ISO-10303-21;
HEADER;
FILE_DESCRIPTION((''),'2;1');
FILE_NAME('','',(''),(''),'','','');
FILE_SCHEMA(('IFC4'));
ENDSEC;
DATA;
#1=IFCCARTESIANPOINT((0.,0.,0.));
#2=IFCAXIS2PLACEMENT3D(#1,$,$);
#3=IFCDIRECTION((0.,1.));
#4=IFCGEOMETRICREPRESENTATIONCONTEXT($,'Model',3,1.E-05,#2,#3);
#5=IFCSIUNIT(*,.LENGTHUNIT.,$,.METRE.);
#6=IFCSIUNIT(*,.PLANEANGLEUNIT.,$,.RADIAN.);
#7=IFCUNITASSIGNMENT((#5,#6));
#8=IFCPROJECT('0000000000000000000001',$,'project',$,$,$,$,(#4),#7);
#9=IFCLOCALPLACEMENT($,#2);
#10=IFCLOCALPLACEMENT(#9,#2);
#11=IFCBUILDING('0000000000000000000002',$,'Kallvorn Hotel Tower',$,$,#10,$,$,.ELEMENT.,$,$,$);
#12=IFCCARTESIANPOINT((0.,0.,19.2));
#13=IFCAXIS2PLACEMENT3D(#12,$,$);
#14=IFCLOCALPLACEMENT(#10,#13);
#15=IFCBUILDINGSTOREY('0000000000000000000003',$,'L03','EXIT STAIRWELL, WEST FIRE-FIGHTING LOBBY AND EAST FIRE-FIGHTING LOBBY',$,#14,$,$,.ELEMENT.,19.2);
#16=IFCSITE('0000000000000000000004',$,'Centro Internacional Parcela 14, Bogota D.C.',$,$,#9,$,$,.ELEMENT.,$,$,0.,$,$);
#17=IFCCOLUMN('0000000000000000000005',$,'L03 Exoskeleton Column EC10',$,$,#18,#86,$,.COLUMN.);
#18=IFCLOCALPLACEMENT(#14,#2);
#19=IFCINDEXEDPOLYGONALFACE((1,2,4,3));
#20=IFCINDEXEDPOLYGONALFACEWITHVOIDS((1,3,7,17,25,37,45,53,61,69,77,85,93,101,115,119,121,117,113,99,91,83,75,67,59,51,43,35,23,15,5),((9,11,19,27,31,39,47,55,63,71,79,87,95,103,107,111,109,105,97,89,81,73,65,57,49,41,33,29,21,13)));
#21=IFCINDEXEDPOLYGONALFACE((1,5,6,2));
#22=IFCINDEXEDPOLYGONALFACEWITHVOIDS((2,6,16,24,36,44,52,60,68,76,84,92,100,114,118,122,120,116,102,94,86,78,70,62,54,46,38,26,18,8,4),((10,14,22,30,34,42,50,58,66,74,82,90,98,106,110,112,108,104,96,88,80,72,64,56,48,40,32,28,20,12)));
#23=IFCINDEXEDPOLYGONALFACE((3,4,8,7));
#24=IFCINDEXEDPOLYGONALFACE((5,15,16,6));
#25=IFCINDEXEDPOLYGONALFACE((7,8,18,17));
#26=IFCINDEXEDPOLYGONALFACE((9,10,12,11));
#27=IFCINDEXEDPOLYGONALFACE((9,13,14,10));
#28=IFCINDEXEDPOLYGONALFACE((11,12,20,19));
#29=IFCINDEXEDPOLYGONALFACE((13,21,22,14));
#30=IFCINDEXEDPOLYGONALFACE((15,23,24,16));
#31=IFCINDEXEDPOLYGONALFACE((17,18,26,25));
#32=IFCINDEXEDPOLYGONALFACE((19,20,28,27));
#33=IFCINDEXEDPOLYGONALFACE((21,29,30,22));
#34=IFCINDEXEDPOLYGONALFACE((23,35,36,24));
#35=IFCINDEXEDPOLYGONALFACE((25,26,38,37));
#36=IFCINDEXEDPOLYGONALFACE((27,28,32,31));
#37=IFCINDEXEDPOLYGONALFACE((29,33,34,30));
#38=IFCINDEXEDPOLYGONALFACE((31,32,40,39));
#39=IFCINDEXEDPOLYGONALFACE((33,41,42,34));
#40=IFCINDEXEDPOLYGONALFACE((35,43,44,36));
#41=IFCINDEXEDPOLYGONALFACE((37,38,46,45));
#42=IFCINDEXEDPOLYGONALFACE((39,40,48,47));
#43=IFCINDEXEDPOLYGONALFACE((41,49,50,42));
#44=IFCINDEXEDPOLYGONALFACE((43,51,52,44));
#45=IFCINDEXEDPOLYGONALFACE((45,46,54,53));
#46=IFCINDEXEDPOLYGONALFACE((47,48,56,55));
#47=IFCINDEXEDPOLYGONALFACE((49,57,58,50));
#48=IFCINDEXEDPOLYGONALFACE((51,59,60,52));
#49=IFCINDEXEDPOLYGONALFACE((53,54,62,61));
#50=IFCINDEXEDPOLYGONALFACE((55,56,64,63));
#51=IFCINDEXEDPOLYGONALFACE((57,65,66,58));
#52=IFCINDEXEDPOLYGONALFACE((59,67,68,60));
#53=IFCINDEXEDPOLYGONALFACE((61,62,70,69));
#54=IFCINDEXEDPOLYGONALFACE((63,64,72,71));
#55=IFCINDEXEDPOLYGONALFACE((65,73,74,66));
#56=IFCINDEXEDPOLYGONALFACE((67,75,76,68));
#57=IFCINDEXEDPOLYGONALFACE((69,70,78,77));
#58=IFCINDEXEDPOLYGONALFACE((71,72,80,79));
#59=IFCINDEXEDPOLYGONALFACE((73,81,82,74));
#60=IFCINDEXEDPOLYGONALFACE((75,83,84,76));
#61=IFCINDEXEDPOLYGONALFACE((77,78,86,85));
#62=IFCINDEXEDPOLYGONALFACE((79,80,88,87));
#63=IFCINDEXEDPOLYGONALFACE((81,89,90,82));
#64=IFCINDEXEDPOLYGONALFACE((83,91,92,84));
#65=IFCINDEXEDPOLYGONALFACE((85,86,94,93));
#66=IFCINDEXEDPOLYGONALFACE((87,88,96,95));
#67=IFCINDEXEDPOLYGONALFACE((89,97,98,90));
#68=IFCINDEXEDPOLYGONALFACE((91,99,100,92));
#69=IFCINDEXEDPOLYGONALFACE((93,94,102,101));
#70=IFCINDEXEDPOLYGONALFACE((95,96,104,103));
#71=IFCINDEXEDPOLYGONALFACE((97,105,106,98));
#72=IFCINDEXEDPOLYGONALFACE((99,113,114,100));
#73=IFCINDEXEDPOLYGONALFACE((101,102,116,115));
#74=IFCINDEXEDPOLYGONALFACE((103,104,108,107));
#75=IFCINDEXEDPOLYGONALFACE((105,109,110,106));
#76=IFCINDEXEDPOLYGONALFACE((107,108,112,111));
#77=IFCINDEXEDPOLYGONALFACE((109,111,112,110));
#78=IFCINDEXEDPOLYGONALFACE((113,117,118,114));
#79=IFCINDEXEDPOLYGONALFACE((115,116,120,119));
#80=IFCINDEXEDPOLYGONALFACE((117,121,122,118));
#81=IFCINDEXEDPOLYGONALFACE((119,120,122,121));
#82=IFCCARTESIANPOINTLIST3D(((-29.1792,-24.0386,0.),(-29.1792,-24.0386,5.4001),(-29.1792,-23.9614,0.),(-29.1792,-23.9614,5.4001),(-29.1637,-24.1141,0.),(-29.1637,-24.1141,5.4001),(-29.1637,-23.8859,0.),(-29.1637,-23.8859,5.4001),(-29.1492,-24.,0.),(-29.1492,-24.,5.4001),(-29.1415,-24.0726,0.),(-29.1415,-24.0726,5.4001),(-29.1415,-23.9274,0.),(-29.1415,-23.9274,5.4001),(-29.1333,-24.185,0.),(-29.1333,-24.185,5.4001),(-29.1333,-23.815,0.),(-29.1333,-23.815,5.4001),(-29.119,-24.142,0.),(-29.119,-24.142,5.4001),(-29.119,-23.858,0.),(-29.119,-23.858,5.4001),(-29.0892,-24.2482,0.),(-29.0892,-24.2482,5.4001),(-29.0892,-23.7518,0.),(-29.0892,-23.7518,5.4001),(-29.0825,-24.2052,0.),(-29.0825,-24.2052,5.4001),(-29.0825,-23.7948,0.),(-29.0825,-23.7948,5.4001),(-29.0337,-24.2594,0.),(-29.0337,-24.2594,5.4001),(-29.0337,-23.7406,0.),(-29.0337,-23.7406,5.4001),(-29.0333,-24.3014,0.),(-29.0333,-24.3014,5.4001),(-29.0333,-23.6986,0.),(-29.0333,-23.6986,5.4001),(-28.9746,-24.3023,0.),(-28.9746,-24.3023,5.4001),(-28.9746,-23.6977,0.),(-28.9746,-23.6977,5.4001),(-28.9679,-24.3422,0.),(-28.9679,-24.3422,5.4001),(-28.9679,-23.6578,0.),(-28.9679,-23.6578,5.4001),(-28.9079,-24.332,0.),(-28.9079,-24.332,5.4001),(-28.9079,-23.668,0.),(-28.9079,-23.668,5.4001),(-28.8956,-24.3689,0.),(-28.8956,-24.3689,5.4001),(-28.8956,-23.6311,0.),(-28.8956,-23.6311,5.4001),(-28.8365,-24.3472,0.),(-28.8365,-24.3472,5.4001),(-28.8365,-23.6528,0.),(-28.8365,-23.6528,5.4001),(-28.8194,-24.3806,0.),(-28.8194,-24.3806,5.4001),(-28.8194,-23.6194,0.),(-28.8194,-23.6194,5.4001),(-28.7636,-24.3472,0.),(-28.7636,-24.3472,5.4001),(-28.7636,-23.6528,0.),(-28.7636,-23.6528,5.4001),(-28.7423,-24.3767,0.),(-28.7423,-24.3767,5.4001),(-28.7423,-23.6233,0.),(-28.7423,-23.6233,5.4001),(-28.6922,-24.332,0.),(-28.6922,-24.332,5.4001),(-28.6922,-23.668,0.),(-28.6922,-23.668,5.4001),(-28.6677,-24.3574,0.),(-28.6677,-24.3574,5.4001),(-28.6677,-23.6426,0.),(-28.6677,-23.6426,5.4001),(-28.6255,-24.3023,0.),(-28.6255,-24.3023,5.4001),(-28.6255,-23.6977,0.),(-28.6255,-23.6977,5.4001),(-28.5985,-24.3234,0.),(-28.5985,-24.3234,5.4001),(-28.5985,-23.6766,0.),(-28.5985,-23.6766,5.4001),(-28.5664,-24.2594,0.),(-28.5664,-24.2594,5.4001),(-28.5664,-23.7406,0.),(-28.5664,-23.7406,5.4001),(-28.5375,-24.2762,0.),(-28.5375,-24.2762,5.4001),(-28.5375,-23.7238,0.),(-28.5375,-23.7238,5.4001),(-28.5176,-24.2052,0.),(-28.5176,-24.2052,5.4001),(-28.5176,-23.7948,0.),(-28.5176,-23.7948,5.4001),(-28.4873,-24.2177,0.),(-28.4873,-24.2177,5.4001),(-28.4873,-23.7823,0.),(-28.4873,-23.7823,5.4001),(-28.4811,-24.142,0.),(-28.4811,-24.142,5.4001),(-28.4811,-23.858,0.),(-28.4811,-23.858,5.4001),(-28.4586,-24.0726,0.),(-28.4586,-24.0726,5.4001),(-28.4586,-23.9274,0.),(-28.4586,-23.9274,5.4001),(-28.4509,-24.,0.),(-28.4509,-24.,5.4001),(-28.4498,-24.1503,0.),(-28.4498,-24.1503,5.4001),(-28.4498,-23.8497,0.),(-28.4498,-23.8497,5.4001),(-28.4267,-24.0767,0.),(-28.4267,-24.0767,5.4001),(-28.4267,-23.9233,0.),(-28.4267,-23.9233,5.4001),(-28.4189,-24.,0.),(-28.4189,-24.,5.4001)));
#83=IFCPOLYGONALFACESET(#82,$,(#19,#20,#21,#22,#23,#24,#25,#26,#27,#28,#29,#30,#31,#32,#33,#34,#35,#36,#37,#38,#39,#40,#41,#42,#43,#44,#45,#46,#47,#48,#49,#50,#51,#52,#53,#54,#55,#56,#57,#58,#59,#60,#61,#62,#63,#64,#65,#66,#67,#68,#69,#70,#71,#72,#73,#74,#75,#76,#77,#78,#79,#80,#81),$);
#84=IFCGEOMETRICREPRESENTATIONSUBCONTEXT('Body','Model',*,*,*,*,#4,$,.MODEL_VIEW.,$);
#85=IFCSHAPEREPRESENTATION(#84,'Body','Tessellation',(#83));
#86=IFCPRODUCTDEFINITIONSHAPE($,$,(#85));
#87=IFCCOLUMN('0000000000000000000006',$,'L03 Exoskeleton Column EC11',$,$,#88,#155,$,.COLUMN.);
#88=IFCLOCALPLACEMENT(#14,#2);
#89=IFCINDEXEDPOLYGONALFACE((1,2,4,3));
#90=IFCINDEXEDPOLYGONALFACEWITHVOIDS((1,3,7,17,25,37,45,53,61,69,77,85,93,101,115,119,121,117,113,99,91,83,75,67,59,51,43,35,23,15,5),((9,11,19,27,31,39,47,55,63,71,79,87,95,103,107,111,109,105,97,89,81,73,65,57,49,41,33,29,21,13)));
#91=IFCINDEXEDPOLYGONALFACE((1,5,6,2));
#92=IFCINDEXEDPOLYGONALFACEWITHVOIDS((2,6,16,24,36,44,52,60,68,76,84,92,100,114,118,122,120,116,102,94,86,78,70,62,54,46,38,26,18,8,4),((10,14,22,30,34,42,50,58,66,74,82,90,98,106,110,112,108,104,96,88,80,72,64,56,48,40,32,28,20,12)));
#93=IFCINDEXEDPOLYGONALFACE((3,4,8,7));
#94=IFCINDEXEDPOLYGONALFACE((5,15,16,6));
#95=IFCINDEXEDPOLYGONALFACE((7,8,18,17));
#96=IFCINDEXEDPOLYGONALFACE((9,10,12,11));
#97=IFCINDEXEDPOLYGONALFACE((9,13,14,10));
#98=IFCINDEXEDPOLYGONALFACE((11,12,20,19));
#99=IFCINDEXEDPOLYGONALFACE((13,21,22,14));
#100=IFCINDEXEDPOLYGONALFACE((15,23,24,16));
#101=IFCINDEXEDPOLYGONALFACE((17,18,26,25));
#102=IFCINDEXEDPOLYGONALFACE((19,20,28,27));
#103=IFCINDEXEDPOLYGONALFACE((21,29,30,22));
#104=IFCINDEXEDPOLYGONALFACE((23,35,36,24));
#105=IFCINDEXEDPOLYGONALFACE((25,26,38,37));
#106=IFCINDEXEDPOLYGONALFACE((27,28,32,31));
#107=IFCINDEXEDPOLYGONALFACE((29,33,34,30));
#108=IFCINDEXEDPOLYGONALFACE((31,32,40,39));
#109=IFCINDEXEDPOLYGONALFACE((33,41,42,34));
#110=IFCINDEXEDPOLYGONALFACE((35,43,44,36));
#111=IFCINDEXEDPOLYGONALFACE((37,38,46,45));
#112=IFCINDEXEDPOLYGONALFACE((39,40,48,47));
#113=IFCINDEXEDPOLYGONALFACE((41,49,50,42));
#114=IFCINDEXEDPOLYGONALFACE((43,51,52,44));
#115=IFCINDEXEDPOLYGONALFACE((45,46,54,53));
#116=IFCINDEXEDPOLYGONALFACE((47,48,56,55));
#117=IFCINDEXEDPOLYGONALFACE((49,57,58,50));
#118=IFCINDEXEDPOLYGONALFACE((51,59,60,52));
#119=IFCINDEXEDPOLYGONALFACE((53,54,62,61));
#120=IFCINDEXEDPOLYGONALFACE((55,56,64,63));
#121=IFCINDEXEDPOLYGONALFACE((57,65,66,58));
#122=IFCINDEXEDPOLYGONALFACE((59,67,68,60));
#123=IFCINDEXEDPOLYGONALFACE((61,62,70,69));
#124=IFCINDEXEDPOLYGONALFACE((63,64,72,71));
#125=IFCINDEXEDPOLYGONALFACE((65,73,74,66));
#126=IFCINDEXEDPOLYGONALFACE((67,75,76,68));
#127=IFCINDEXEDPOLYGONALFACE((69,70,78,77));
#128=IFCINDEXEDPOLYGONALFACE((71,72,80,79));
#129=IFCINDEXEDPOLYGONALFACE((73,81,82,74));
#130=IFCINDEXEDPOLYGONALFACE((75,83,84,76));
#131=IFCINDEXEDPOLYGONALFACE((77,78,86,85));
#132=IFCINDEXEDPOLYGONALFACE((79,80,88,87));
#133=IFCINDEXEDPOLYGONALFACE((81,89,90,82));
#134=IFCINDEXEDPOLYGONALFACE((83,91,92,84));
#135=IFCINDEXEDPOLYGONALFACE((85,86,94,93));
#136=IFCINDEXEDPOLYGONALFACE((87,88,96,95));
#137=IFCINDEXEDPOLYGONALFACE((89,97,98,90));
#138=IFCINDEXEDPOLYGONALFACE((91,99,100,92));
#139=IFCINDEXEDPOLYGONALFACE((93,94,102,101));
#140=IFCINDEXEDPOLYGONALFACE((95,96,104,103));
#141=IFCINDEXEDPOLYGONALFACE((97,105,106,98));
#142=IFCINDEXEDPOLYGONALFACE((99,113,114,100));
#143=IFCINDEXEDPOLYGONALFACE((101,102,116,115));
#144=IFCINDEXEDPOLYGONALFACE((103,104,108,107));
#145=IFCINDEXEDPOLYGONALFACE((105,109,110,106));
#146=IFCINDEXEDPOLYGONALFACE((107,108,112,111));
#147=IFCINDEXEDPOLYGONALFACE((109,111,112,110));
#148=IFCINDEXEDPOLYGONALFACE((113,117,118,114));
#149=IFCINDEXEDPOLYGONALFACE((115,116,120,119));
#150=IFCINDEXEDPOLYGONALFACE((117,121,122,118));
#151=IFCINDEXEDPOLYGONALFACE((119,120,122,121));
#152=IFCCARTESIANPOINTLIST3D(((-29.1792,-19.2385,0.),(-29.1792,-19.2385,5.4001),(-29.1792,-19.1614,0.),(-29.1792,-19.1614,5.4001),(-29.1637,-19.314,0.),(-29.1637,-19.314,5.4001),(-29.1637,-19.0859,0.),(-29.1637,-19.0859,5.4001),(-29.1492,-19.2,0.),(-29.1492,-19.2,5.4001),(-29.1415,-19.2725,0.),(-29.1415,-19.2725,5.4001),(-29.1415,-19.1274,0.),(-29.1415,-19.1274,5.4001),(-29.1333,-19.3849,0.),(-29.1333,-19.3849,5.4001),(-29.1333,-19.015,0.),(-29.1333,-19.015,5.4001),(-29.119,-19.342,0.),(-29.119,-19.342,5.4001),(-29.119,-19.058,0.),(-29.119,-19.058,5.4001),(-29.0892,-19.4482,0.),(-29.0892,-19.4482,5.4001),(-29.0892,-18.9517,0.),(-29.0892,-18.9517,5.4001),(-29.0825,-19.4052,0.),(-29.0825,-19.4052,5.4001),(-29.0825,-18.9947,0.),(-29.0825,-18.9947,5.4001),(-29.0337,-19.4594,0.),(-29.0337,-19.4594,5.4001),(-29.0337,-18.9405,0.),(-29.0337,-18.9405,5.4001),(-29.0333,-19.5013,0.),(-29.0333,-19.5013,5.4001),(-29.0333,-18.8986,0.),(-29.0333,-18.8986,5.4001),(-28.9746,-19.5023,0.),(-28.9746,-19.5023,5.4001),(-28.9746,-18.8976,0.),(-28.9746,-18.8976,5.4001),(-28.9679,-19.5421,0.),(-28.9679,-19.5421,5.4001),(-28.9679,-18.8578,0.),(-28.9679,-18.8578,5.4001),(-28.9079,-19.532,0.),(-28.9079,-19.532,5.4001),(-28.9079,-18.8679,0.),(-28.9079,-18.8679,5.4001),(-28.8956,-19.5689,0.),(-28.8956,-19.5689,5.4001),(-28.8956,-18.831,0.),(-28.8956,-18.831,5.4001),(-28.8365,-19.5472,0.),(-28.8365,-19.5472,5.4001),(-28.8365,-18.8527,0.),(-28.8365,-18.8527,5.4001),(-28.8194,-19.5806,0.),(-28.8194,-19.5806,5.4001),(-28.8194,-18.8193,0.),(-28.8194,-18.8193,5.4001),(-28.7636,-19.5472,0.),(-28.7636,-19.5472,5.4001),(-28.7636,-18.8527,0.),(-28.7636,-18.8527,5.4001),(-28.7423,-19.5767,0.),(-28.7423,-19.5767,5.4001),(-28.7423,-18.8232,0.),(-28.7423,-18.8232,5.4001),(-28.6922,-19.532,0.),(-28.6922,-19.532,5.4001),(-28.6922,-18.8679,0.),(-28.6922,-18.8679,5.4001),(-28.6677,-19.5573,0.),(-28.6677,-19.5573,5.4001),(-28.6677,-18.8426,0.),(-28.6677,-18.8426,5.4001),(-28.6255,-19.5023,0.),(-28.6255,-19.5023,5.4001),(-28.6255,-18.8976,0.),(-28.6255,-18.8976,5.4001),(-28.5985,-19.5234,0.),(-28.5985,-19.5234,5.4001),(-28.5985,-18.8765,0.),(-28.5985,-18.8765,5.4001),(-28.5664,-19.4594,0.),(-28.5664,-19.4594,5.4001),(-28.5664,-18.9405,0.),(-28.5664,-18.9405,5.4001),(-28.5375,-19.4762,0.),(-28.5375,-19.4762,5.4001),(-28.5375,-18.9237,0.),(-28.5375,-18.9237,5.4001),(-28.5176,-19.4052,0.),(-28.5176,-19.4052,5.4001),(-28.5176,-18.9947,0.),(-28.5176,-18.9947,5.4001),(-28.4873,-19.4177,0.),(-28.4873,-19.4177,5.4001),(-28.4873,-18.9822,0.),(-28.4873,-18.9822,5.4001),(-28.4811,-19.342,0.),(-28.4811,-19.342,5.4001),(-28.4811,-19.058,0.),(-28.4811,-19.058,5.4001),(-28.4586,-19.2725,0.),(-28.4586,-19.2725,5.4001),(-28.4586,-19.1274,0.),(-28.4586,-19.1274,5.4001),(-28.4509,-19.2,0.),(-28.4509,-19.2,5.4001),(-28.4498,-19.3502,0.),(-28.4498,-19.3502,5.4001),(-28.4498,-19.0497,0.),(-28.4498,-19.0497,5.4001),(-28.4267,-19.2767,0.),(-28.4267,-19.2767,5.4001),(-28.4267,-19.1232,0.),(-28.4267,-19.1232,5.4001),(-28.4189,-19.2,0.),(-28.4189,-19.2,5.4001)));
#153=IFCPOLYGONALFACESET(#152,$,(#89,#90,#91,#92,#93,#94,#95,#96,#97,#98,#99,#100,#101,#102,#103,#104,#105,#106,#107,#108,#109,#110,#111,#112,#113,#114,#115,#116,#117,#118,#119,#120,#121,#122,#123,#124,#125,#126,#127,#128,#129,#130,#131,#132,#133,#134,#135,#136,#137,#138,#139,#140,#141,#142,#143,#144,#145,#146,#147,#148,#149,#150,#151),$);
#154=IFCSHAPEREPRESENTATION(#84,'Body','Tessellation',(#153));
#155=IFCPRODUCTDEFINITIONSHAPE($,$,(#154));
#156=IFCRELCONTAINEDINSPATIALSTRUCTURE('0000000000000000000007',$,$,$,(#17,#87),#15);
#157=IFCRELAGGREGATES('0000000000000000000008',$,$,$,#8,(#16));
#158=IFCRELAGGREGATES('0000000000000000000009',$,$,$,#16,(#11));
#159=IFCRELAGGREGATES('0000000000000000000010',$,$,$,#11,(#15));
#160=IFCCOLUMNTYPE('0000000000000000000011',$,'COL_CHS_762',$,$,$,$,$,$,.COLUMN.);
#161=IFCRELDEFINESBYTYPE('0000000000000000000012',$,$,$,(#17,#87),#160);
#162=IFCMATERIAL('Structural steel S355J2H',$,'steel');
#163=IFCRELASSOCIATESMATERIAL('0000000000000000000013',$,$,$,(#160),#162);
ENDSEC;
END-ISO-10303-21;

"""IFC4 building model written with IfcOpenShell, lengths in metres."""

from ifc_helpers import new_model, si_unit, direction, frame, origin, origin_2d, place, context, subcontext, project, spatial, hollow_circle, extrude, material, material_profile, profile_set, type_object, element, save


model = new_model("IFC4")

# Units and contexts
model_context = context("Model", 3, precision=1e-05, world=origin(), true_north=direction((0.0, 1.0)))
body_context = subcontext(model_context, "Body", "Model", "MODEL_VIEW")
ifc_project = project(units=[si_unit("LENGTHUNIT", "METRE"), si_unit("PLANEANGLEUNIT", "RADIAN")], contexts=[model_context])

# Site, building, storey
site_placement = place(None, origin())
site = spatial("IfcSite", under=ifc_project, at=site_placement, Name="Centro Internacional Parcela 14, Bogota D.C.", CompositionType="ELEMENT", RefElevation=0.0)
building_placement = place(site_placement, origin())
building = spatial("IfcBuilding", under=site, at=building_placement, Name="Kallvorn Hotel Tower", CompositionType="ELEMENT")
storey_placement = place(building_placement, frame((0.0, 0.0, 19.2)))
storey = spatial("IfcBuildingStorey", under=building, at=storey_placement, Name="L03", Description="EXIT STAIRWELL, WEST FIRE-FIGHTING LOBBY AND EAST FIRE-FIGHTING LOBBY", CompositionType="ELEMENT", Elevation=19.2)

# Columns
ifc_material_1 = material(Name="Structural steel S355J2H", Category="steel")
ifc_material_profile_1 = material_profile(ifc_material_1, hollow_circle(Radius=0.3811, WallThickness=0.032, at=origin_2d()), Name="CHS 762x32")
ifc_profile_set_1 = profile_set([ifc_material_profile_1], Name="Structural steel S355J2H")
column_type_1 = type_object("IfcColumnType", Name="COL_CHS_762", PredefinedType="COLUMN", material=ifc_profile_set_1)
for number, where, z_axis, x_axis, name in (
    (1, (-28.8, -24.0, 0.0), (0.0, 0.0, 1.0), (1.0, 0.0, 0.0), "L03 Exoskeleton Column EC10"),
    (2, (-28.8, -19.2, 0.0), (0.0, 0.0, 1.0), (1.0, 0.0, 0.0), "L03 Exoskeleton Column EC11"),
):
    element("IfcColumn", number, at=place(storey_placement, frame(where, z_axis=z_axis, x_axis=x_axis)), inside=storey, type_object=column_type_1, Name=name, PredefinedType="COLUMN", context=body_context, shape_type="SweptSolid", body=[
        extrude(hollow_circle(Radius=0.3811, WallThickness=0.032, at=origin_2d()), origin(), (0.0, 0.0, 1.0), 5.4001),
    ])

save(model, "model.ifc")
